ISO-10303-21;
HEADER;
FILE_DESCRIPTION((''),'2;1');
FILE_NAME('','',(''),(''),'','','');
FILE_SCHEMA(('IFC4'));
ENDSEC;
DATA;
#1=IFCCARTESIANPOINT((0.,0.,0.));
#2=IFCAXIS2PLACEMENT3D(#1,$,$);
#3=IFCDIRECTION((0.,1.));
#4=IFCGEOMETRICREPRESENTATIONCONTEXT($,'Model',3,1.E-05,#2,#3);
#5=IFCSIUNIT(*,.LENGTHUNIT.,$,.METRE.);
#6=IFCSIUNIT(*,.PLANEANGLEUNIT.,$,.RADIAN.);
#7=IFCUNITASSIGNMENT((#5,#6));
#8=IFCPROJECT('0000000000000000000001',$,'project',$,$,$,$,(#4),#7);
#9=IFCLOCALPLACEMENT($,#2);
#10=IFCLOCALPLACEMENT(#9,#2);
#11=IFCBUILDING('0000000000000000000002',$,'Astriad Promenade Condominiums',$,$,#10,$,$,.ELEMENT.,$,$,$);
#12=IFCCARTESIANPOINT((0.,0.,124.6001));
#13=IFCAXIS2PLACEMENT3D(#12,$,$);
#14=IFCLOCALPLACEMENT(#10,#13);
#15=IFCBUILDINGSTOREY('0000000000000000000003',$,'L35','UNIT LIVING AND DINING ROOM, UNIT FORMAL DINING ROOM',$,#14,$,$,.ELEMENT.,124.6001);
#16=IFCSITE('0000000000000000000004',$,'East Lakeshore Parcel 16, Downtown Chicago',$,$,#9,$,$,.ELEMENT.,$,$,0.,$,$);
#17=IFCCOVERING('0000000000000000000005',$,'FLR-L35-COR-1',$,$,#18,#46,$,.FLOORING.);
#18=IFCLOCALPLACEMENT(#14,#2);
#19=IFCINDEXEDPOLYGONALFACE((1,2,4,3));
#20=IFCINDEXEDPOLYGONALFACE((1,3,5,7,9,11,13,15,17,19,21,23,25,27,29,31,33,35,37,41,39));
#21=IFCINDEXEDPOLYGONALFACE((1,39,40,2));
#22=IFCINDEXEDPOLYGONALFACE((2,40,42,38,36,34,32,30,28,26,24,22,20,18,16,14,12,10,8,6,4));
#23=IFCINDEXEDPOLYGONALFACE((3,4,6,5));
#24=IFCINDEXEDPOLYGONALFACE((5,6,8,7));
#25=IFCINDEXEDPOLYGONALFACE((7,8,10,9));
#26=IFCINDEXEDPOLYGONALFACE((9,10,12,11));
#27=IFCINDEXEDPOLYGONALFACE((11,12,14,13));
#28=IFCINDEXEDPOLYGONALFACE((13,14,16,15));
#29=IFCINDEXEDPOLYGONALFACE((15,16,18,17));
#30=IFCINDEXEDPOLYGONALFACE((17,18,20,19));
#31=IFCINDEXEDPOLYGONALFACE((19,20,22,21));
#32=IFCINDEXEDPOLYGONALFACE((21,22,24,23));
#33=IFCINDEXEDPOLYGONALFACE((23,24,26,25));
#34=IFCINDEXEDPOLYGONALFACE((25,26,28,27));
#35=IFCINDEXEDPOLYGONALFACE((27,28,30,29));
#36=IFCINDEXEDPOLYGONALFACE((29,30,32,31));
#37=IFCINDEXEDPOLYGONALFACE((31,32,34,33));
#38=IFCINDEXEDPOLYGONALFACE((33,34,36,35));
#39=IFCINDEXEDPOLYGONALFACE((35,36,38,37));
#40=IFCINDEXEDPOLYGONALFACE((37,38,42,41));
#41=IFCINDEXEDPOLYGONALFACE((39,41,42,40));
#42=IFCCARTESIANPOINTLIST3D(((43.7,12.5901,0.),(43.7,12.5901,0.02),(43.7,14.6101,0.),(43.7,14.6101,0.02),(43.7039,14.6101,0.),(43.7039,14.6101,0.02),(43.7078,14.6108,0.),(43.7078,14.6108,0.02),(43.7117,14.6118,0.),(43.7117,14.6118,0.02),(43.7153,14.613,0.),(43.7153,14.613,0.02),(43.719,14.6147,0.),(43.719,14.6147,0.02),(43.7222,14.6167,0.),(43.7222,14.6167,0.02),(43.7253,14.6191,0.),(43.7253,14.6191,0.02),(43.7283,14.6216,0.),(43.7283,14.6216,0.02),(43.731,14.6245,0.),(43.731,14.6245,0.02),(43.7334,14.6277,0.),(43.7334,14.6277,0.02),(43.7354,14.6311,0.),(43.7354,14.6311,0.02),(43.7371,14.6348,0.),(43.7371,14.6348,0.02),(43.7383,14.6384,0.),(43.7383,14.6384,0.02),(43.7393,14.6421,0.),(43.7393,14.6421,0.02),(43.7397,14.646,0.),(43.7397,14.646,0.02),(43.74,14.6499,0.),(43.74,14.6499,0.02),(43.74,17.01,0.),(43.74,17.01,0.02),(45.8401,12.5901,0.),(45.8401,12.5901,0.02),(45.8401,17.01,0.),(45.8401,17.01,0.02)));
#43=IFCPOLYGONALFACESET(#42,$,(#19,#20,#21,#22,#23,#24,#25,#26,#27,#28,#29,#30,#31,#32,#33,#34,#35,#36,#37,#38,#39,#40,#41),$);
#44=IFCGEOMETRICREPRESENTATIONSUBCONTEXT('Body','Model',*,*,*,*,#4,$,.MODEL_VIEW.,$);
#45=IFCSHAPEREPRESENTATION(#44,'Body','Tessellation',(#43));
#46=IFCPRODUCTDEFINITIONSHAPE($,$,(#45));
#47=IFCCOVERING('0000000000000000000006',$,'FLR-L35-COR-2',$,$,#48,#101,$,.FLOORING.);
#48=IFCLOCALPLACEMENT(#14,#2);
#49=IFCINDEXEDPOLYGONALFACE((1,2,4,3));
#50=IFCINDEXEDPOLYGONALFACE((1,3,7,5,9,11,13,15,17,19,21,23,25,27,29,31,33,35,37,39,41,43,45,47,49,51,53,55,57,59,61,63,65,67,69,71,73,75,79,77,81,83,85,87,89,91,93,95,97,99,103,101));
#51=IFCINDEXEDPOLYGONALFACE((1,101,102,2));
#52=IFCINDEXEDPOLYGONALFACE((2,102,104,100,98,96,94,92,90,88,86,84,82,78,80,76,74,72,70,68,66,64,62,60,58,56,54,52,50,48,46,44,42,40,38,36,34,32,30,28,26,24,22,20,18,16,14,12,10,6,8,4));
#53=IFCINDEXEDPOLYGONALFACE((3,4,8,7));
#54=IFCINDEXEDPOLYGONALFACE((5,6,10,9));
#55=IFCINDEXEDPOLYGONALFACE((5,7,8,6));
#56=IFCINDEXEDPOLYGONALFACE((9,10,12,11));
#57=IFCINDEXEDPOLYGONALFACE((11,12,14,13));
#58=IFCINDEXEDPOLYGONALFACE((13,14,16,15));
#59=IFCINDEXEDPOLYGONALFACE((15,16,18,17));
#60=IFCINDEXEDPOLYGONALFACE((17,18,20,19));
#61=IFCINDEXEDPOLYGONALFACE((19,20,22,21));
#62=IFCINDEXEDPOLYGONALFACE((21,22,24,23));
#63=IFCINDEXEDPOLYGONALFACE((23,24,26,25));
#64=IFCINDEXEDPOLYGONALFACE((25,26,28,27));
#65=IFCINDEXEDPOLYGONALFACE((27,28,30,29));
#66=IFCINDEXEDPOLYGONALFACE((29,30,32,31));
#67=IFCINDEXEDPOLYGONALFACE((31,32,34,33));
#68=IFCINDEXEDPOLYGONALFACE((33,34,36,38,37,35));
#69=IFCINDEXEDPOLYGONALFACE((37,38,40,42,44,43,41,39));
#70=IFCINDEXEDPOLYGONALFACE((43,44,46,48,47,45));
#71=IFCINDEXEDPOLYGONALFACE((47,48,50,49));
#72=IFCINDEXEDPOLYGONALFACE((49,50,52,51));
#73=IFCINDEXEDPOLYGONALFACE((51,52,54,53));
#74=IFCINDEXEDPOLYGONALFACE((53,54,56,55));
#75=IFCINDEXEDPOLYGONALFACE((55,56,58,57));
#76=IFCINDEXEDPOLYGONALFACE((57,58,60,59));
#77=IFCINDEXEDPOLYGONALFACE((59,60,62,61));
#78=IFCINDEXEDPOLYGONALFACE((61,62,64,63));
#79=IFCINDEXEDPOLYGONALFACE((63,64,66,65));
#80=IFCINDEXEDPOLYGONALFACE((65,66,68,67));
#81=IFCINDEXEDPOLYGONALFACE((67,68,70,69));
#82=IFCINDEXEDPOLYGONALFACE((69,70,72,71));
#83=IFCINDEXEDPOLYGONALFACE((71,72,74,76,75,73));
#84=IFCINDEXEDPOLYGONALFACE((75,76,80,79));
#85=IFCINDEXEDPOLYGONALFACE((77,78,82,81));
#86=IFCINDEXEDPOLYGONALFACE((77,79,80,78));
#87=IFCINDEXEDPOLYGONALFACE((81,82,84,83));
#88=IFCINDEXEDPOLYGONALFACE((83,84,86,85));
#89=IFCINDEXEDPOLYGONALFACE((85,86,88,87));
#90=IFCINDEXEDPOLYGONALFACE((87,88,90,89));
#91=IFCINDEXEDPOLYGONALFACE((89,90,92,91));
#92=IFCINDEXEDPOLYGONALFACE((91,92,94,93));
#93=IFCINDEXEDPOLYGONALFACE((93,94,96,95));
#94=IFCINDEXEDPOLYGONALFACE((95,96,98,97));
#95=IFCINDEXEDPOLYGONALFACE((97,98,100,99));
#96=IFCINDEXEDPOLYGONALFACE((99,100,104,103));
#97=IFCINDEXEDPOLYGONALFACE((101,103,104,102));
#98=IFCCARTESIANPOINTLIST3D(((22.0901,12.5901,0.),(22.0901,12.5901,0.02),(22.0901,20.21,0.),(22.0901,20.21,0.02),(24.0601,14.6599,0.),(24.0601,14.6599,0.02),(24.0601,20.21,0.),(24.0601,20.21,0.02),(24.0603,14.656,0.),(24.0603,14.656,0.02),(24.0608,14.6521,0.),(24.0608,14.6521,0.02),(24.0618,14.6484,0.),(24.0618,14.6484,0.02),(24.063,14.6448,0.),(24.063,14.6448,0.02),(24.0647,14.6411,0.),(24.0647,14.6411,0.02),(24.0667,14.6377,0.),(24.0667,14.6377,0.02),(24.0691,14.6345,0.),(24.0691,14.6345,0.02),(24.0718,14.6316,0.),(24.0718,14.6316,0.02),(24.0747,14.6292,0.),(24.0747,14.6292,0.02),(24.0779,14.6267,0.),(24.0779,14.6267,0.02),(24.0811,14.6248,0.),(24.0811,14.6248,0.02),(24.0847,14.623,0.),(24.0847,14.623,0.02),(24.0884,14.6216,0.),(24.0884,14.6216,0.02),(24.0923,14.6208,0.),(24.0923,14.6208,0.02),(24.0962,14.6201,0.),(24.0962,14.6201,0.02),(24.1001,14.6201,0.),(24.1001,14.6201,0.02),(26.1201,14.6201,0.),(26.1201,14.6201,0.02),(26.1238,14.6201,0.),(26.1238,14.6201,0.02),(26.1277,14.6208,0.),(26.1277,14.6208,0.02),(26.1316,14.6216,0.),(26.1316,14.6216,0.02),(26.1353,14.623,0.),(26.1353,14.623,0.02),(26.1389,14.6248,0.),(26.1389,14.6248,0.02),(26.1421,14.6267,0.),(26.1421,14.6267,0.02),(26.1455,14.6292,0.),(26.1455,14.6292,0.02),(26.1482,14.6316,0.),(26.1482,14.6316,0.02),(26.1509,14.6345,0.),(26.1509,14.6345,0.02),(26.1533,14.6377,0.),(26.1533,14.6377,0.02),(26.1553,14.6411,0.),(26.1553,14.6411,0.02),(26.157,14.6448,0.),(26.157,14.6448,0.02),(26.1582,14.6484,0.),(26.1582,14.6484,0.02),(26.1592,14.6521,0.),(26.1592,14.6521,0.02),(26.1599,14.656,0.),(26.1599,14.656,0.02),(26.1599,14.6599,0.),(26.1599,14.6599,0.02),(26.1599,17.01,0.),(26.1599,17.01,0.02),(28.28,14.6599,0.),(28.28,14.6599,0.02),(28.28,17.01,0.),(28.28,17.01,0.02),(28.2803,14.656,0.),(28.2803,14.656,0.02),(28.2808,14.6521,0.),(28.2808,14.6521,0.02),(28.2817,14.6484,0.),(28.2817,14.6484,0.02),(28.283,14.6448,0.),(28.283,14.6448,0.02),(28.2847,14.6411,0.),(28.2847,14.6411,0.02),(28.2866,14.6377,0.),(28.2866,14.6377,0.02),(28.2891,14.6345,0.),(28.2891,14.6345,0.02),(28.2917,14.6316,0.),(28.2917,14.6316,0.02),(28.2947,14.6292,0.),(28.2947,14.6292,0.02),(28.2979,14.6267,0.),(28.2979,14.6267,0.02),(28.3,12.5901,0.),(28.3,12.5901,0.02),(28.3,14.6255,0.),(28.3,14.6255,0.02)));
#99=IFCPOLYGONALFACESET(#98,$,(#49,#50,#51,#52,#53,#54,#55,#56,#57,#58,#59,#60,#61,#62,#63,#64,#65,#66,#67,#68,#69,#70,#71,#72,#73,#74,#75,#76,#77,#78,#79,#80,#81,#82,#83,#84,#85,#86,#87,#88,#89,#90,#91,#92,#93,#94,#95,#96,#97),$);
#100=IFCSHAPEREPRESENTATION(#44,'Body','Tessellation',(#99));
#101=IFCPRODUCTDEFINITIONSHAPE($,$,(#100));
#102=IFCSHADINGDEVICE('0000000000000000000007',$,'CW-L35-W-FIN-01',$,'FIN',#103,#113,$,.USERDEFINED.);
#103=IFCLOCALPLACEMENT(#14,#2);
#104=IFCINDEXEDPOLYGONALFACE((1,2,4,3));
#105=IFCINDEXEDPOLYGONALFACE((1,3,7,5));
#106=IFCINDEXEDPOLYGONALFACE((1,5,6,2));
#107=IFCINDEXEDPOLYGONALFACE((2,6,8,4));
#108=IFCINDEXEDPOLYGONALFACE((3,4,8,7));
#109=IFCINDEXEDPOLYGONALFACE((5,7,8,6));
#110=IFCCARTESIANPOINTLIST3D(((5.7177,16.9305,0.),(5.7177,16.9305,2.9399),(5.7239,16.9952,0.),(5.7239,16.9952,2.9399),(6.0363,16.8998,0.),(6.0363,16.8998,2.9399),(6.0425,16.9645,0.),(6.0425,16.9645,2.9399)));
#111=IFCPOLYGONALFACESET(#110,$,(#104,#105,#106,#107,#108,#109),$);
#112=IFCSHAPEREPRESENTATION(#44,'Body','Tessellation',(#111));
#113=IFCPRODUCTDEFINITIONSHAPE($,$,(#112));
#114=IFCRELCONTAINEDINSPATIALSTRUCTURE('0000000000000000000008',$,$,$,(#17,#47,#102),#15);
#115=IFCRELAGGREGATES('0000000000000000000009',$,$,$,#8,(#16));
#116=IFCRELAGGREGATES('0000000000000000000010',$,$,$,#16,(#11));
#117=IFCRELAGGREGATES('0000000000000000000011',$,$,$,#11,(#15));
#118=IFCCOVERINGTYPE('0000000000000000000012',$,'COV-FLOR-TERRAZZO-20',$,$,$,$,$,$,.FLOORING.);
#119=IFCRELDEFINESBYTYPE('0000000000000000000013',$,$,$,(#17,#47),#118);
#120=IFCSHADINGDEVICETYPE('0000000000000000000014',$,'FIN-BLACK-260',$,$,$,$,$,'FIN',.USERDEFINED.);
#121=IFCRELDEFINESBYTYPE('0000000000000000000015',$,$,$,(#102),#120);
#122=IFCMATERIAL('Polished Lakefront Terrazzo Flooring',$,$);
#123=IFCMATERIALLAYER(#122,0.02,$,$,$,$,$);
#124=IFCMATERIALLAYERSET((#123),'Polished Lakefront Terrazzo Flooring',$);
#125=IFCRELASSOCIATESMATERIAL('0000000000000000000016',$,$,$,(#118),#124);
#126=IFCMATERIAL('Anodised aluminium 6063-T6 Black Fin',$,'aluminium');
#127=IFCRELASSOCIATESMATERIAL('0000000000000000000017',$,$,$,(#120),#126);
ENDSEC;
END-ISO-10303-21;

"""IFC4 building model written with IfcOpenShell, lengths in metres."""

from ifc_helpers import new_model, si_unit, direction, frame, origin, origin_2d, place, context, subcontext, project, spatial, polyline, rectangle, outline, extrude, source, transform, mapped, material, layer, layer_set, type_object, type_shapes, element, save


model = new_model("IFC4")

# Units and contexts
model_context = context("Model", 3, precision=1e-05, world=origin(), true_north=direction((0.0, 1.0)))
body_context = subcontext(model_context, "Body", "Model", "MODEL_VIEW")
ifc_project = project(units=[si_unit("LENGTHUNIT", "METRE"), si_unit("PLANEANGLEUNIT", "RADIAN")], contexts=[model_context])

# Site, building, storey
site_placement = place(None, origin())
site = spatial("IfcSite", under=ifc_project, at=site_placement, Name="East Lakeshore Parcel 16, Downtown Chicago", CompositionType="ELEMENT", RefElevation=0.0)
building_placement = place(site_placement, origin())
building = spatial("IfcBuilding", under=site, at=building_placement, Name="Astriad Promenade Condominiums", CompositionType="ELEMENT")
storey_placement = place(building_placement, frame((0.0, 0.0, 124.6001)))
storey = spatial("IfcBuildingStorey", under=building, at=storey_placement, Name="L35", Description="UNIT LIVING AND DINING ROOM, UNIT FORMAL DINING ROOM", CompositionType="ELEMENT", Elevation=124.6001)

# Coverings
ifc_material_1 = material(Name="Polished Lakefront Terrazzo Flooring")
ifc_layer_1 = layer(ifc_material_1, 0.02)
ifc_layer_set_1 = layer_set([ifc_layer_1], Name="Polished Lakefront Terrazzo Flooring")
covering_type = type_object("IfcCoveringType", Name="COV-FLOR-TERRAZZO-20", PredefinedType="FLOORING", material=ifc_layer_set_1)
covering_1_placement = place(storey_placement, origin())
element("IfcCovering", 1, at=covering_1_placement, inside=storey, type_object=covering_type, Name="FLR-L35-COR-1", PredefinedType="FLOORING", context=body_context, shape_type="SweptSolid", body=[
    extrude(outline(polyline([(43.7, 12.5901), (43.7, 14.6101), (43.7039, 14.6101), (43.7078, 14.6108), (43.7117, 14.6118), (43.7153, 14.613), (43.719, 14.6147), (43.7222, 14.6167), (43.7253, 14.6191), (43.7283, 14.6216), (43.731, 14.6245), (43.7334, 14.6277), (43.7354, 14.6311), (43.7371, 14.6348), (43.7383, 14.6384), (43.7393, 14.6421), (43.7397, 14.646), (43.74, 14.6499), (43.74, 17.01), (45.8401, 17.01), (45.8401, 12.5901), (43.7, 12.5901)])), origin(), (0.0, 0.0, 1.0), 0.02),
])
covering_2_placement = place(storey_placement, origin())
element("IfcCovering", 2, at=covering_2_placement, inside=storey, type_object=covering_type, Name="FLR-L35-COR-2", PredefinedType="FLOORING", context=body_context, shape_type="SweptSolid", body=[
    extrude(outline(polyline([(28.3, 12.5901), (22.0901, 12.5901), (22.0901, 20.21), (24.0601, 20.21), (24.0601, 14.6599), (24.0603, 14.656), (24.0608, 14.6521), (24.0618, 14.6484), (24.063, 14.6448), (24.0647, 14.6411), (24.0667, 14.6377), (24.0691, 14.6345), (24.0718, 14.6316), (24.0747, 14.6292), (24.0779, 14.6267), (24.0811, 14.6248), (24.0847, 14.623), (24.0884, 14.6216), (24.0923, 14.6208), (24.0962, 14.6201), (24.1001, 14.6201), (26.1201, 14.6201), (26.1238, 14.6201), (26.1277, 14.6208), (26.1316, 14.6216), (26.1353, 14.623), (26.1389, 14.6248), (26.1421, 14.6267), (26.1455, 14.6292), (26.1482, 14.6316), (26.1509, 14.6345), (26.1533, 14.6377), (26.1553, 14.6411), (26.157, 14.6448), (26.1582, 14.6484), (26.1592, 14.6521), (26.1599, 14.656), (26.1599, 14.6599), (26.1599, 17.01), (28.28, 17.01), (28.28, 14.6599), (28.2803, 14.656), (28.2808, 14.6521), (28.2817, 14.6484), (28.283, 14.6448), (28.2847, 14.6411), (28.2866, 14.6377), (28.2891, 14.6345), (28.2917, 14.6316), (28.2947, 14.6292), (28.2979, 14.6267), (28.3, 14.6255), (28.3, 12.5901)])), origin(), (0.0, 0.0, 1.0), 0.02),
])

# Shading device
ifc_material_2 = material(Name="Anodised aluminium 6063-T6 Black Fin", Category="aluminium")
shading_device_type = type_object("IfcShadingDeviceType", Name="FIN-BLACK-260", ElementType="FIN", PredefinedType="USERDEFINED", material=ifc_material_2)
shared_shape_1 = source(origin(), body_context, "Body", "SweptSolid", [
    extrude(rectangle(XDim=0.0649, YDim=0.3201, at=origin_2d()), origin(), (0.0, 0.0, 1.0), 2.9399),
])
type_shapes(shading_device_type, [shared_shape_1])
shading_device_placement = place(storey_placement, frame((5.8801, 16.9475, 0.0), z_axis=(0.0, 0.0, 1.0), x_axis=(0.095846, 0.995396, 0.0)))
element("IfcShadingDevice", 3, at=shading_device_placement, inside=storey, type_object=shading_device_type, Name="CW-L35-W-FIN-01", ObjectType="FIN", PredefinedType="USERDEFINED", context=body_context, shape_type="MappedRepresentation", body=[
    mapped(shared_shape_1, transform((0.0, 0.0, 0.0), scale=1.0)),
])

save(model, "model.ifc")
